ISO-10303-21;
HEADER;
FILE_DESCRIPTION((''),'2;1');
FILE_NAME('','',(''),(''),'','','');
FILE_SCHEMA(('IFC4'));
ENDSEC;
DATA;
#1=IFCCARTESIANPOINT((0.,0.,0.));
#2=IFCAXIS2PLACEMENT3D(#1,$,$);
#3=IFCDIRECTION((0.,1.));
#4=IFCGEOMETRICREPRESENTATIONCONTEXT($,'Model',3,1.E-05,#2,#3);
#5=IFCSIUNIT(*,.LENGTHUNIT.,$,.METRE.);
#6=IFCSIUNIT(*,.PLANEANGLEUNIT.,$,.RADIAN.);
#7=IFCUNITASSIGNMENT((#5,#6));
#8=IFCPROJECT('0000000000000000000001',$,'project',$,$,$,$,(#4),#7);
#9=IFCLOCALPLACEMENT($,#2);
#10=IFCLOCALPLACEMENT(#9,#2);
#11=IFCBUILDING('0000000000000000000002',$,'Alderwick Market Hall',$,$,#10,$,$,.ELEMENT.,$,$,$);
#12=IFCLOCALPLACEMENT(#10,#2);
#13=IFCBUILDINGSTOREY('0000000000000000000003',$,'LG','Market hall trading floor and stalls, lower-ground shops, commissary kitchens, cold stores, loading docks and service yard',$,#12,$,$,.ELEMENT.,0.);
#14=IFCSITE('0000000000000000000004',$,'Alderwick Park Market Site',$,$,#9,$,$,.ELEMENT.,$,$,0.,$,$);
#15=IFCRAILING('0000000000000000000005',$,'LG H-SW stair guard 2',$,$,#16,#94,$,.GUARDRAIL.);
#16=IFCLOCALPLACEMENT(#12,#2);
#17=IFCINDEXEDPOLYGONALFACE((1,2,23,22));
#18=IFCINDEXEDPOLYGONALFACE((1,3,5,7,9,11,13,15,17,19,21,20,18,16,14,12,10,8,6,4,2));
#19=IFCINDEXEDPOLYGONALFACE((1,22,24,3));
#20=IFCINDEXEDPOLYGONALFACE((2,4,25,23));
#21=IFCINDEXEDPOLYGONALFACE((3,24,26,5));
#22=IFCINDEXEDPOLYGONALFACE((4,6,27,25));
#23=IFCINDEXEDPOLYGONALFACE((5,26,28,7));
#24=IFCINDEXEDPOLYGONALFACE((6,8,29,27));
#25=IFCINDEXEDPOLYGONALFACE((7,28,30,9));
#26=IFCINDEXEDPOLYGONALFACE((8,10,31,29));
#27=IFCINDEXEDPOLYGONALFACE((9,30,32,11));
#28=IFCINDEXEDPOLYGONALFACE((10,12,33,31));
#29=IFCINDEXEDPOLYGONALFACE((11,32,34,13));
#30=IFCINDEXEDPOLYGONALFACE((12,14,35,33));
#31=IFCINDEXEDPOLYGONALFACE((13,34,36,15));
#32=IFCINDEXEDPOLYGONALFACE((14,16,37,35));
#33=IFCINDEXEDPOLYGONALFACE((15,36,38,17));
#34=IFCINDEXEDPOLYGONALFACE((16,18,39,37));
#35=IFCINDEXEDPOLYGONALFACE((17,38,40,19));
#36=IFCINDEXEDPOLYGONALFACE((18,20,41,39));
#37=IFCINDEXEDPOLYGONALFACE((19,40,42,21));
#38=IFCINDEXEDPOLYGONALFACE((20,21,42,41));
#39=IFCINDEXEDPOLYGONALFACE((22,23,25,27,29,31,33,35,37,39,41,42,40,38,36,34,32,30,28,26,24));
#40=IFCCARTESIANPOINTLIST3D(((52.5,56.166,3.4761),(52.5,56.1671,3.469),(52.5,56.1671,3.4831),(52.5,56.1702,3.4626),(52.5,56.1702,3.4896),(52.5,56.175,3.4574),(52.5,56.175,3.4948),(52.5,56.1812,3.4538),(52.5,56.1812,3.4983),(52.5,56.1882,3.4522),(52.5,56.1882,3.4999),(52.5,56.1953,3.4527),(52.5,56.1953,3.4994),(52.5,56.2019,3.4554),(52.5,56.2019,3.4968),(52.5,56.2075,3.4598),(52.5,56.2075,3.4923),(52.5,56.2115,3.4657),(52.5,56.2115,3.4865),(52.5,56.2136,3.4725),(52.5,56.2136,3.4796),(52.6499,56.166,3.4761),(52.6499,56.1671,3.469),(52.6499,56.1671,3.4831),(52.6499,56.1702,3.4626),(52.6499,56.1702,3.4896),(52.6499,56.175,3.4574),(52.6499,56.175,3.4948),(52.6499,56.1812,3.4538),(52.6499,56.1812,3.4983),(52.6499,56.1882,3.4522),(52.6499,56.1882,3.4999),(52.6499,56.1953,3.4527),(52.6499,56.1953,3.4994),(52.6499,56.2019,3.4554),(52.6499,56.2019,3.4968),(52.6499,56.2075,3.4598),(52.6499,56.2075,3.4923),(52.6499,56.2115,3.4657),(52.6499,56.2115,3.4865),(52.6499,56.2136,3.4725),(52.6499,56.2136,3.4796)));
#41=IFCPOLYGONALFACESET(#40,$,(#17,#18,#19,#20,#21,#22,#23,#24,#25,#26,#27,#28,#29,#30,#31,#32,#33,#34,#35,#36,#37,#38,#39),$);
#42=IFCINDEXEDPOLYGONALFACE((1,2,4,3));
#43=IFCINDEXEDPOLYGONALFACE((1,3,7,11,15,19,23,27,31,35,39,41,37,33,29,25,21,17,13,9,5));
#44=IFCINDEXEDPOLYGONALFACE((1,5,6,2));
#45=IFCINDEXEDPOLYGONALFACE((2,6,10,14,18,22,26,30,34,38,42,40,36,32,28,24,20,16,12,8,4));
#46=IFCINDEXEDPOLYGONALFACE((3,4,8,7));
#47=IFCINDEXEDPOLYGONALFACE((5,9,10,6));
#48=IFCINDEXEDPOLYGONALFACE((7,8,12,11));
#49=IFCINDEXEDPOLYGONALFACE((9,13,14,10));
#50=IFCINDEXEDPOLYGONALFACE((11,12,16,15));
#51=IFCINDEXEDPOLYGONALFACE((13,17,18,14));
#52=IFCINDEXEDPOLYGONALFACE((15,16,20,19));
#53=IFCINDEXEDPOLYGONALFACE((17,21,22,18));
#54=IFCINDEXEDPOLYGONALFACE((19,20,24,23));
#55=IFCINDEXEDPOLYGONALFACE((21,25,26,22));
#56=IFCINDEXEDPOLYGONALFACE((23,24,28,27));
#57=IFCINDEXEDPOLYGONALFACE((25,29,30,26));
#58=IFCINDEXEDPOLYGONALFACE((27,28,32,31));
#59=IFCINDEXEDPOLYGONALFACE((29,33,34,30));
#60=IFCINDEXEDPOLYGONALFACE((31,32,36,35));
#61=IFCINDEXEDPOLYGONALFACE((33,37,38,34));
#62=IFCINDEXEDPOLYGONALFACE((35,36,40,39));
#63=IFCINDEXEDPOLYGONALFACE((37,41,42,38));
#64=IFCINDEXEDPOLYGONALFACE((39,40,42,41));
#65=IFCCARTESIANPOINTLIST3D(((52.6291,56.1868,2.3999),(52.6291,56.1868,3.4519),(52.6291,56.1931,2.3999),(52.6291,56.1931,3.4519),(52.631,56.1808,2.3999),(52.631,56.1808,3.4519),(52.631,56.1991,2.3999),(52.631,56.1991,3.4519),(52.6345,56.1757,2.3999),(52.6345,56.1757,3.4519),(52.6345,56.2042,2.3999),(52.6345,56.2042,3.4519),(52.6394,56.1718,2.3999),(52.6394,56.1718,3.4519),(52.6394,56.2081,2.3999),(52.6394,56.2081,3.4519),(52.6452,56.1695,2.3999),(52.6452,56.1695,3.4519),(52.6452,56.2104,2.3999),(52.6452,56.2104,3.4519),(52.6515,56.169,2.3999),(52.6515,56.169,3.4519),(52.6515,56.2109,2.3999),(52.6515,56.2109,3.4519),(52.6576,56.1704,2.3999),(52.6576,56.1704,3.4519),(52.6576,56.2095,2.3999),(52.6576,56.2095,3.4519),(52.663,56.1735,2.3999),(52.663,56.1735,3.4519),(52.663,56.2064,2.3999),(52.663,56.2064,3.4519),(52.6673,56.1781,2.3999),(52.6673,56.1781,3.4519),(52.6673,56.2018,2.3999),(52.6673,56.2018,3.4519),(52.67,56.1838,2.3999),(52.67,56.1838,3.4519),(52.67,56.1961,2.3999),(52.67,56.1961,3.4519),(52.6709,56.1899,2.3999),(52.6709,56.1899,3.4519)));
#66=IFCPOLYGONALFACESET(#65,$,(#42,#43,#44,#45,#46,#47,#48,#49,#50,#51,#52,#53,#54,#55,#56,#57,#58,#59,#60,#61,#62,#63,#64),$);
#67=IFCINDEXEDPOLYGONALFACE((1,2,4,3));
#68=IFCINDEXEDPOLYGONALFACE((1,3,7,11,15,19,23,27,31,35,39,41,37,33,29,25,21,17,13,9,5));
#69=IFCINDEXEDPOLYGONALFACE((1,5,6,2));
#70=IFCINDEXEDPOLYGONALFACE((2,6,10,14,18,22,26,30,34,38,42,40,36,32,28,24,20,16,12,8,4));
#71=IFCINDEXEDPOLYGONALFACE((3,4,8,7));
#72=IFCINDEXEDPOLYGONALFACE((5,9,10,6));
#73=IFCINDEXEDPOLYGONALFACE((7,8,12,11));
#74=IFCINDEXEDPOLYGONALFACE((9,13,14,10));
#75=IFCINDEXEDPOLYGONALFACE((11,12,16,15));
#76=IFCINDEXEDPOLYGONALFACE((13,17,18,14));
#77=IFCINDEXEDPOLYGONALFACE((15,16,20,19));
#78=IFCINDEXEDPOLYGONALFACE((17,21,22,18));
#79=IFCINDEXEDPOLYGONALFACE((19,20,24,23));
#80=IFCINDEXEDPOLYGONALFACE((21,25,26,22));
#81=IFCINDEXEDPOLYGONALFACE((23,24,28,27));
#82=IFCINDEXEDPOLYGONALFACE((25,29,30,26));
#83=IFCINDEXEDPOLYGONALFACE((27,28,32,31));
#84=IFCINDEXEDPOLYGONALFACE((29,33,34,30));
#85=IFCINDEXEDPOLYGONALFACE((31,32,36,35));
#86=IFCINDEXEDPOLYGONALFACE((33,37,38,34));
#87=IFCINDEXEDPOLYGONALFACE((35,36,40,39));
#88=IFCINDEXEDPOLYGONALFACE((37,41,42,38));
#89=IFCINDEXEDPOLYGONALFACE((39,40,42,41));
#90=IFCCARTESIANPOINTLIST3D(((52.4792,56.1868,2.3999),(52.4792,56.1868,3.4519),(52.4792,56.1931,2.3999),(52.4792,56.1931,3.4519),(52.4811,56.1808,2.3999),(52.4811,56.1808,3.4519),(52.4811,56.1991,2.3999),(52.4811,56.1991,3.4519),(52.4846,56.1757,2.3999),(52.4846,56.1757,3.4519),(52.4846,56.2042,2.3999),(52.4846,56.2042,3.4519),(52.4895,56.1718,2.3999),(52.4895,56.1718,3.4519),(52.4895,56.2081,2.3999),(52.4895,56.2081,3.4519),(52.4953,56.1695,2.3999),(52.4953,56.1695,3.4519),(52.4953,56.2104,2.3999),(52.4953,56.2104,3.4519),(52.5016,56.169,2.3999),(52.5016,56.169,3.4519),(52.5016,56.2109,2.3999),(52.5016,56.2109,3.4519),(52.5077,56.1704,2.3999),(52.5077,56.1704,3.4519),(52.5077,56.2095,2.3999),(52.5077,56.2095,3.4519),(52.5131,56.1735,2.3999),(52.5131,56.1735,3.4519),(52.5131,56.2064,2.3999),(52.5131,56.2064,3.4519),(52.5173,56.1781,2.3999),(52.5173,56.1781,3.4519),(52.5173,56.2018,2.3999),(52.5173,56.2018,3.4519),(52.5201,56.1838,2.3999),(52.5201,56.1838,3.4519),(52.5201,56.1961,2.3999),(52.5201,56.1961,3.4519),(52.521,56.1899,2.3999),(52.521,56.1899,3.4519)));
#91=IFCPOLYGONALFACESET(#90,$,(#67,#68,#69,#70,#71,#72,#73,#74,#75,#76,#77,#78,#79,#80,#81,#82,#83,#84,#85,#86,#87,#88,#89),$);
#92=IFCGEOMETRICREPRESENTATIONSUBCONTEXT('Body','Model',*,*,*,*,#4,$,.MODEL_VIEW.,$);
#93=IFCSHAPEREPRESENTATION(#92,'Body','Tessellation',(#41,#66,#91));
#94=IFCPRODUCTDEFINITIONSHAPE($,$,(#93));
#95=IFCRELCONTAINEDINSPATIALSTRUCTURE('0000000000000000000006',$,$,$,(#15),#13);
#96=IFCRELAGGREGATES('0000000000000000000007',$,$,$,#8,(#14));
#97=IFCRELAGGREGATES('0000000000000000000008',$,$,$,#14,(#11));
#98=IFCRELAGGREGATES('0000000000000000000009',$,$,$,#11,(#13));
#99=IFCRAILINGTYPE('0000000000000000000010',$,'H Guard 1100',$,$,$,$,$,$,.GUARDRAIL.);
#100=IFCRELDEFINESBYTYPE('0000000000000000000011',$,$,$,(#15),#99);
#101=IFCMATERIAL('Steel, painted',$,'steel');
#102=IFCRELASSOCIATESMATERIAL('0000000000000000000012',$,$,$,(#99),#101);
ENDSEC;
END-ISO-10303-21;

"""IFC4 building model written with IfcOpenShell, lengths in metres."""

from ifc_helpers import new_model, si_unit, direction, frame, origin, origin_2d, place, context, subcontext, project, spatial, circle, extrude, material, type_object, element, save


model = new_model("IFC4")

# Units and contexts
model_context = context("Model", 3, precision=1e-05, world=origin(), true_north=direction((0.0, 1.0)))
body_context = subcontext(model_context, "Body", "Model", "MODEL_VIEW")
ifc_project = project(units=[si_unit("LENGTHUNIT", "METRE"), si_unit("PLANEANGLEUNIT", "RADIAN")], contexts=[model_context])

# Site, building, storey
site_placement = place(None, origin())
site = spatial("IfcSite", under=ifc_project, at=site_placement, Name="Alderwick Park Market Site", CompositionType="ELEMENT", RefElevation=0.0)
building_placement = place(site_placement, origin())
building = spatial("IfcBuilding", under=site, at=building_placement, Name="Alderwick Market Hall", CompositionType="ELEMENT")
storey_placement = place(building_placement, origin())
storey = spatial("IfcBuildingStorey", under=building, at=storey_placement, Name="LG", Description="Market hall trading floor and stalls, lower-ground shops, commissary kitchens, cold stores, loading docks and service yard", CompositionType="ELEMENT", Elevation=0.0)

# Railing
ifc_material_1 = material(Name="Steel, painted", Category="steel")
railing_type_1 = type_object("IfcRailingType", Name="H Guard 1100", PredefinedType="GUARDRAIL", material=ifc_material_1)
railing_1_placement = place(storey_placement, frame((52.6499, 56.1899, 2.3999)))
element("IfcRailing", 1, at=railing_1_placement, inside=storey, type_object=railing_type_1, Name="LG H-SW stair guard 2", PredefinedType="GUARDRAIL", context=body_context, shape_type="SweptSolid", body=[
    extrude(circle(Radius=0.0239, at=origin_2d()), frame((0.0, 0.0, 1.0762), z_axis=(-1.0, 0.0, 0.0), x_axis=(0.0, -1.0, 0.0)), (0.0, 0.0, 1.0), 0.1499),
    extrude(circle(Radius=0.021, at=origin_2d()), origin(), (0.0, 0.0, 1.0), 1.052),
    extrude(circle(Radius=0.021, at=origin_2d()), frame((-0.1499, 0.0, 0.0)), (0.0, 0.0, 1.0), 1.052),
])

save(model, "model.ifc")
